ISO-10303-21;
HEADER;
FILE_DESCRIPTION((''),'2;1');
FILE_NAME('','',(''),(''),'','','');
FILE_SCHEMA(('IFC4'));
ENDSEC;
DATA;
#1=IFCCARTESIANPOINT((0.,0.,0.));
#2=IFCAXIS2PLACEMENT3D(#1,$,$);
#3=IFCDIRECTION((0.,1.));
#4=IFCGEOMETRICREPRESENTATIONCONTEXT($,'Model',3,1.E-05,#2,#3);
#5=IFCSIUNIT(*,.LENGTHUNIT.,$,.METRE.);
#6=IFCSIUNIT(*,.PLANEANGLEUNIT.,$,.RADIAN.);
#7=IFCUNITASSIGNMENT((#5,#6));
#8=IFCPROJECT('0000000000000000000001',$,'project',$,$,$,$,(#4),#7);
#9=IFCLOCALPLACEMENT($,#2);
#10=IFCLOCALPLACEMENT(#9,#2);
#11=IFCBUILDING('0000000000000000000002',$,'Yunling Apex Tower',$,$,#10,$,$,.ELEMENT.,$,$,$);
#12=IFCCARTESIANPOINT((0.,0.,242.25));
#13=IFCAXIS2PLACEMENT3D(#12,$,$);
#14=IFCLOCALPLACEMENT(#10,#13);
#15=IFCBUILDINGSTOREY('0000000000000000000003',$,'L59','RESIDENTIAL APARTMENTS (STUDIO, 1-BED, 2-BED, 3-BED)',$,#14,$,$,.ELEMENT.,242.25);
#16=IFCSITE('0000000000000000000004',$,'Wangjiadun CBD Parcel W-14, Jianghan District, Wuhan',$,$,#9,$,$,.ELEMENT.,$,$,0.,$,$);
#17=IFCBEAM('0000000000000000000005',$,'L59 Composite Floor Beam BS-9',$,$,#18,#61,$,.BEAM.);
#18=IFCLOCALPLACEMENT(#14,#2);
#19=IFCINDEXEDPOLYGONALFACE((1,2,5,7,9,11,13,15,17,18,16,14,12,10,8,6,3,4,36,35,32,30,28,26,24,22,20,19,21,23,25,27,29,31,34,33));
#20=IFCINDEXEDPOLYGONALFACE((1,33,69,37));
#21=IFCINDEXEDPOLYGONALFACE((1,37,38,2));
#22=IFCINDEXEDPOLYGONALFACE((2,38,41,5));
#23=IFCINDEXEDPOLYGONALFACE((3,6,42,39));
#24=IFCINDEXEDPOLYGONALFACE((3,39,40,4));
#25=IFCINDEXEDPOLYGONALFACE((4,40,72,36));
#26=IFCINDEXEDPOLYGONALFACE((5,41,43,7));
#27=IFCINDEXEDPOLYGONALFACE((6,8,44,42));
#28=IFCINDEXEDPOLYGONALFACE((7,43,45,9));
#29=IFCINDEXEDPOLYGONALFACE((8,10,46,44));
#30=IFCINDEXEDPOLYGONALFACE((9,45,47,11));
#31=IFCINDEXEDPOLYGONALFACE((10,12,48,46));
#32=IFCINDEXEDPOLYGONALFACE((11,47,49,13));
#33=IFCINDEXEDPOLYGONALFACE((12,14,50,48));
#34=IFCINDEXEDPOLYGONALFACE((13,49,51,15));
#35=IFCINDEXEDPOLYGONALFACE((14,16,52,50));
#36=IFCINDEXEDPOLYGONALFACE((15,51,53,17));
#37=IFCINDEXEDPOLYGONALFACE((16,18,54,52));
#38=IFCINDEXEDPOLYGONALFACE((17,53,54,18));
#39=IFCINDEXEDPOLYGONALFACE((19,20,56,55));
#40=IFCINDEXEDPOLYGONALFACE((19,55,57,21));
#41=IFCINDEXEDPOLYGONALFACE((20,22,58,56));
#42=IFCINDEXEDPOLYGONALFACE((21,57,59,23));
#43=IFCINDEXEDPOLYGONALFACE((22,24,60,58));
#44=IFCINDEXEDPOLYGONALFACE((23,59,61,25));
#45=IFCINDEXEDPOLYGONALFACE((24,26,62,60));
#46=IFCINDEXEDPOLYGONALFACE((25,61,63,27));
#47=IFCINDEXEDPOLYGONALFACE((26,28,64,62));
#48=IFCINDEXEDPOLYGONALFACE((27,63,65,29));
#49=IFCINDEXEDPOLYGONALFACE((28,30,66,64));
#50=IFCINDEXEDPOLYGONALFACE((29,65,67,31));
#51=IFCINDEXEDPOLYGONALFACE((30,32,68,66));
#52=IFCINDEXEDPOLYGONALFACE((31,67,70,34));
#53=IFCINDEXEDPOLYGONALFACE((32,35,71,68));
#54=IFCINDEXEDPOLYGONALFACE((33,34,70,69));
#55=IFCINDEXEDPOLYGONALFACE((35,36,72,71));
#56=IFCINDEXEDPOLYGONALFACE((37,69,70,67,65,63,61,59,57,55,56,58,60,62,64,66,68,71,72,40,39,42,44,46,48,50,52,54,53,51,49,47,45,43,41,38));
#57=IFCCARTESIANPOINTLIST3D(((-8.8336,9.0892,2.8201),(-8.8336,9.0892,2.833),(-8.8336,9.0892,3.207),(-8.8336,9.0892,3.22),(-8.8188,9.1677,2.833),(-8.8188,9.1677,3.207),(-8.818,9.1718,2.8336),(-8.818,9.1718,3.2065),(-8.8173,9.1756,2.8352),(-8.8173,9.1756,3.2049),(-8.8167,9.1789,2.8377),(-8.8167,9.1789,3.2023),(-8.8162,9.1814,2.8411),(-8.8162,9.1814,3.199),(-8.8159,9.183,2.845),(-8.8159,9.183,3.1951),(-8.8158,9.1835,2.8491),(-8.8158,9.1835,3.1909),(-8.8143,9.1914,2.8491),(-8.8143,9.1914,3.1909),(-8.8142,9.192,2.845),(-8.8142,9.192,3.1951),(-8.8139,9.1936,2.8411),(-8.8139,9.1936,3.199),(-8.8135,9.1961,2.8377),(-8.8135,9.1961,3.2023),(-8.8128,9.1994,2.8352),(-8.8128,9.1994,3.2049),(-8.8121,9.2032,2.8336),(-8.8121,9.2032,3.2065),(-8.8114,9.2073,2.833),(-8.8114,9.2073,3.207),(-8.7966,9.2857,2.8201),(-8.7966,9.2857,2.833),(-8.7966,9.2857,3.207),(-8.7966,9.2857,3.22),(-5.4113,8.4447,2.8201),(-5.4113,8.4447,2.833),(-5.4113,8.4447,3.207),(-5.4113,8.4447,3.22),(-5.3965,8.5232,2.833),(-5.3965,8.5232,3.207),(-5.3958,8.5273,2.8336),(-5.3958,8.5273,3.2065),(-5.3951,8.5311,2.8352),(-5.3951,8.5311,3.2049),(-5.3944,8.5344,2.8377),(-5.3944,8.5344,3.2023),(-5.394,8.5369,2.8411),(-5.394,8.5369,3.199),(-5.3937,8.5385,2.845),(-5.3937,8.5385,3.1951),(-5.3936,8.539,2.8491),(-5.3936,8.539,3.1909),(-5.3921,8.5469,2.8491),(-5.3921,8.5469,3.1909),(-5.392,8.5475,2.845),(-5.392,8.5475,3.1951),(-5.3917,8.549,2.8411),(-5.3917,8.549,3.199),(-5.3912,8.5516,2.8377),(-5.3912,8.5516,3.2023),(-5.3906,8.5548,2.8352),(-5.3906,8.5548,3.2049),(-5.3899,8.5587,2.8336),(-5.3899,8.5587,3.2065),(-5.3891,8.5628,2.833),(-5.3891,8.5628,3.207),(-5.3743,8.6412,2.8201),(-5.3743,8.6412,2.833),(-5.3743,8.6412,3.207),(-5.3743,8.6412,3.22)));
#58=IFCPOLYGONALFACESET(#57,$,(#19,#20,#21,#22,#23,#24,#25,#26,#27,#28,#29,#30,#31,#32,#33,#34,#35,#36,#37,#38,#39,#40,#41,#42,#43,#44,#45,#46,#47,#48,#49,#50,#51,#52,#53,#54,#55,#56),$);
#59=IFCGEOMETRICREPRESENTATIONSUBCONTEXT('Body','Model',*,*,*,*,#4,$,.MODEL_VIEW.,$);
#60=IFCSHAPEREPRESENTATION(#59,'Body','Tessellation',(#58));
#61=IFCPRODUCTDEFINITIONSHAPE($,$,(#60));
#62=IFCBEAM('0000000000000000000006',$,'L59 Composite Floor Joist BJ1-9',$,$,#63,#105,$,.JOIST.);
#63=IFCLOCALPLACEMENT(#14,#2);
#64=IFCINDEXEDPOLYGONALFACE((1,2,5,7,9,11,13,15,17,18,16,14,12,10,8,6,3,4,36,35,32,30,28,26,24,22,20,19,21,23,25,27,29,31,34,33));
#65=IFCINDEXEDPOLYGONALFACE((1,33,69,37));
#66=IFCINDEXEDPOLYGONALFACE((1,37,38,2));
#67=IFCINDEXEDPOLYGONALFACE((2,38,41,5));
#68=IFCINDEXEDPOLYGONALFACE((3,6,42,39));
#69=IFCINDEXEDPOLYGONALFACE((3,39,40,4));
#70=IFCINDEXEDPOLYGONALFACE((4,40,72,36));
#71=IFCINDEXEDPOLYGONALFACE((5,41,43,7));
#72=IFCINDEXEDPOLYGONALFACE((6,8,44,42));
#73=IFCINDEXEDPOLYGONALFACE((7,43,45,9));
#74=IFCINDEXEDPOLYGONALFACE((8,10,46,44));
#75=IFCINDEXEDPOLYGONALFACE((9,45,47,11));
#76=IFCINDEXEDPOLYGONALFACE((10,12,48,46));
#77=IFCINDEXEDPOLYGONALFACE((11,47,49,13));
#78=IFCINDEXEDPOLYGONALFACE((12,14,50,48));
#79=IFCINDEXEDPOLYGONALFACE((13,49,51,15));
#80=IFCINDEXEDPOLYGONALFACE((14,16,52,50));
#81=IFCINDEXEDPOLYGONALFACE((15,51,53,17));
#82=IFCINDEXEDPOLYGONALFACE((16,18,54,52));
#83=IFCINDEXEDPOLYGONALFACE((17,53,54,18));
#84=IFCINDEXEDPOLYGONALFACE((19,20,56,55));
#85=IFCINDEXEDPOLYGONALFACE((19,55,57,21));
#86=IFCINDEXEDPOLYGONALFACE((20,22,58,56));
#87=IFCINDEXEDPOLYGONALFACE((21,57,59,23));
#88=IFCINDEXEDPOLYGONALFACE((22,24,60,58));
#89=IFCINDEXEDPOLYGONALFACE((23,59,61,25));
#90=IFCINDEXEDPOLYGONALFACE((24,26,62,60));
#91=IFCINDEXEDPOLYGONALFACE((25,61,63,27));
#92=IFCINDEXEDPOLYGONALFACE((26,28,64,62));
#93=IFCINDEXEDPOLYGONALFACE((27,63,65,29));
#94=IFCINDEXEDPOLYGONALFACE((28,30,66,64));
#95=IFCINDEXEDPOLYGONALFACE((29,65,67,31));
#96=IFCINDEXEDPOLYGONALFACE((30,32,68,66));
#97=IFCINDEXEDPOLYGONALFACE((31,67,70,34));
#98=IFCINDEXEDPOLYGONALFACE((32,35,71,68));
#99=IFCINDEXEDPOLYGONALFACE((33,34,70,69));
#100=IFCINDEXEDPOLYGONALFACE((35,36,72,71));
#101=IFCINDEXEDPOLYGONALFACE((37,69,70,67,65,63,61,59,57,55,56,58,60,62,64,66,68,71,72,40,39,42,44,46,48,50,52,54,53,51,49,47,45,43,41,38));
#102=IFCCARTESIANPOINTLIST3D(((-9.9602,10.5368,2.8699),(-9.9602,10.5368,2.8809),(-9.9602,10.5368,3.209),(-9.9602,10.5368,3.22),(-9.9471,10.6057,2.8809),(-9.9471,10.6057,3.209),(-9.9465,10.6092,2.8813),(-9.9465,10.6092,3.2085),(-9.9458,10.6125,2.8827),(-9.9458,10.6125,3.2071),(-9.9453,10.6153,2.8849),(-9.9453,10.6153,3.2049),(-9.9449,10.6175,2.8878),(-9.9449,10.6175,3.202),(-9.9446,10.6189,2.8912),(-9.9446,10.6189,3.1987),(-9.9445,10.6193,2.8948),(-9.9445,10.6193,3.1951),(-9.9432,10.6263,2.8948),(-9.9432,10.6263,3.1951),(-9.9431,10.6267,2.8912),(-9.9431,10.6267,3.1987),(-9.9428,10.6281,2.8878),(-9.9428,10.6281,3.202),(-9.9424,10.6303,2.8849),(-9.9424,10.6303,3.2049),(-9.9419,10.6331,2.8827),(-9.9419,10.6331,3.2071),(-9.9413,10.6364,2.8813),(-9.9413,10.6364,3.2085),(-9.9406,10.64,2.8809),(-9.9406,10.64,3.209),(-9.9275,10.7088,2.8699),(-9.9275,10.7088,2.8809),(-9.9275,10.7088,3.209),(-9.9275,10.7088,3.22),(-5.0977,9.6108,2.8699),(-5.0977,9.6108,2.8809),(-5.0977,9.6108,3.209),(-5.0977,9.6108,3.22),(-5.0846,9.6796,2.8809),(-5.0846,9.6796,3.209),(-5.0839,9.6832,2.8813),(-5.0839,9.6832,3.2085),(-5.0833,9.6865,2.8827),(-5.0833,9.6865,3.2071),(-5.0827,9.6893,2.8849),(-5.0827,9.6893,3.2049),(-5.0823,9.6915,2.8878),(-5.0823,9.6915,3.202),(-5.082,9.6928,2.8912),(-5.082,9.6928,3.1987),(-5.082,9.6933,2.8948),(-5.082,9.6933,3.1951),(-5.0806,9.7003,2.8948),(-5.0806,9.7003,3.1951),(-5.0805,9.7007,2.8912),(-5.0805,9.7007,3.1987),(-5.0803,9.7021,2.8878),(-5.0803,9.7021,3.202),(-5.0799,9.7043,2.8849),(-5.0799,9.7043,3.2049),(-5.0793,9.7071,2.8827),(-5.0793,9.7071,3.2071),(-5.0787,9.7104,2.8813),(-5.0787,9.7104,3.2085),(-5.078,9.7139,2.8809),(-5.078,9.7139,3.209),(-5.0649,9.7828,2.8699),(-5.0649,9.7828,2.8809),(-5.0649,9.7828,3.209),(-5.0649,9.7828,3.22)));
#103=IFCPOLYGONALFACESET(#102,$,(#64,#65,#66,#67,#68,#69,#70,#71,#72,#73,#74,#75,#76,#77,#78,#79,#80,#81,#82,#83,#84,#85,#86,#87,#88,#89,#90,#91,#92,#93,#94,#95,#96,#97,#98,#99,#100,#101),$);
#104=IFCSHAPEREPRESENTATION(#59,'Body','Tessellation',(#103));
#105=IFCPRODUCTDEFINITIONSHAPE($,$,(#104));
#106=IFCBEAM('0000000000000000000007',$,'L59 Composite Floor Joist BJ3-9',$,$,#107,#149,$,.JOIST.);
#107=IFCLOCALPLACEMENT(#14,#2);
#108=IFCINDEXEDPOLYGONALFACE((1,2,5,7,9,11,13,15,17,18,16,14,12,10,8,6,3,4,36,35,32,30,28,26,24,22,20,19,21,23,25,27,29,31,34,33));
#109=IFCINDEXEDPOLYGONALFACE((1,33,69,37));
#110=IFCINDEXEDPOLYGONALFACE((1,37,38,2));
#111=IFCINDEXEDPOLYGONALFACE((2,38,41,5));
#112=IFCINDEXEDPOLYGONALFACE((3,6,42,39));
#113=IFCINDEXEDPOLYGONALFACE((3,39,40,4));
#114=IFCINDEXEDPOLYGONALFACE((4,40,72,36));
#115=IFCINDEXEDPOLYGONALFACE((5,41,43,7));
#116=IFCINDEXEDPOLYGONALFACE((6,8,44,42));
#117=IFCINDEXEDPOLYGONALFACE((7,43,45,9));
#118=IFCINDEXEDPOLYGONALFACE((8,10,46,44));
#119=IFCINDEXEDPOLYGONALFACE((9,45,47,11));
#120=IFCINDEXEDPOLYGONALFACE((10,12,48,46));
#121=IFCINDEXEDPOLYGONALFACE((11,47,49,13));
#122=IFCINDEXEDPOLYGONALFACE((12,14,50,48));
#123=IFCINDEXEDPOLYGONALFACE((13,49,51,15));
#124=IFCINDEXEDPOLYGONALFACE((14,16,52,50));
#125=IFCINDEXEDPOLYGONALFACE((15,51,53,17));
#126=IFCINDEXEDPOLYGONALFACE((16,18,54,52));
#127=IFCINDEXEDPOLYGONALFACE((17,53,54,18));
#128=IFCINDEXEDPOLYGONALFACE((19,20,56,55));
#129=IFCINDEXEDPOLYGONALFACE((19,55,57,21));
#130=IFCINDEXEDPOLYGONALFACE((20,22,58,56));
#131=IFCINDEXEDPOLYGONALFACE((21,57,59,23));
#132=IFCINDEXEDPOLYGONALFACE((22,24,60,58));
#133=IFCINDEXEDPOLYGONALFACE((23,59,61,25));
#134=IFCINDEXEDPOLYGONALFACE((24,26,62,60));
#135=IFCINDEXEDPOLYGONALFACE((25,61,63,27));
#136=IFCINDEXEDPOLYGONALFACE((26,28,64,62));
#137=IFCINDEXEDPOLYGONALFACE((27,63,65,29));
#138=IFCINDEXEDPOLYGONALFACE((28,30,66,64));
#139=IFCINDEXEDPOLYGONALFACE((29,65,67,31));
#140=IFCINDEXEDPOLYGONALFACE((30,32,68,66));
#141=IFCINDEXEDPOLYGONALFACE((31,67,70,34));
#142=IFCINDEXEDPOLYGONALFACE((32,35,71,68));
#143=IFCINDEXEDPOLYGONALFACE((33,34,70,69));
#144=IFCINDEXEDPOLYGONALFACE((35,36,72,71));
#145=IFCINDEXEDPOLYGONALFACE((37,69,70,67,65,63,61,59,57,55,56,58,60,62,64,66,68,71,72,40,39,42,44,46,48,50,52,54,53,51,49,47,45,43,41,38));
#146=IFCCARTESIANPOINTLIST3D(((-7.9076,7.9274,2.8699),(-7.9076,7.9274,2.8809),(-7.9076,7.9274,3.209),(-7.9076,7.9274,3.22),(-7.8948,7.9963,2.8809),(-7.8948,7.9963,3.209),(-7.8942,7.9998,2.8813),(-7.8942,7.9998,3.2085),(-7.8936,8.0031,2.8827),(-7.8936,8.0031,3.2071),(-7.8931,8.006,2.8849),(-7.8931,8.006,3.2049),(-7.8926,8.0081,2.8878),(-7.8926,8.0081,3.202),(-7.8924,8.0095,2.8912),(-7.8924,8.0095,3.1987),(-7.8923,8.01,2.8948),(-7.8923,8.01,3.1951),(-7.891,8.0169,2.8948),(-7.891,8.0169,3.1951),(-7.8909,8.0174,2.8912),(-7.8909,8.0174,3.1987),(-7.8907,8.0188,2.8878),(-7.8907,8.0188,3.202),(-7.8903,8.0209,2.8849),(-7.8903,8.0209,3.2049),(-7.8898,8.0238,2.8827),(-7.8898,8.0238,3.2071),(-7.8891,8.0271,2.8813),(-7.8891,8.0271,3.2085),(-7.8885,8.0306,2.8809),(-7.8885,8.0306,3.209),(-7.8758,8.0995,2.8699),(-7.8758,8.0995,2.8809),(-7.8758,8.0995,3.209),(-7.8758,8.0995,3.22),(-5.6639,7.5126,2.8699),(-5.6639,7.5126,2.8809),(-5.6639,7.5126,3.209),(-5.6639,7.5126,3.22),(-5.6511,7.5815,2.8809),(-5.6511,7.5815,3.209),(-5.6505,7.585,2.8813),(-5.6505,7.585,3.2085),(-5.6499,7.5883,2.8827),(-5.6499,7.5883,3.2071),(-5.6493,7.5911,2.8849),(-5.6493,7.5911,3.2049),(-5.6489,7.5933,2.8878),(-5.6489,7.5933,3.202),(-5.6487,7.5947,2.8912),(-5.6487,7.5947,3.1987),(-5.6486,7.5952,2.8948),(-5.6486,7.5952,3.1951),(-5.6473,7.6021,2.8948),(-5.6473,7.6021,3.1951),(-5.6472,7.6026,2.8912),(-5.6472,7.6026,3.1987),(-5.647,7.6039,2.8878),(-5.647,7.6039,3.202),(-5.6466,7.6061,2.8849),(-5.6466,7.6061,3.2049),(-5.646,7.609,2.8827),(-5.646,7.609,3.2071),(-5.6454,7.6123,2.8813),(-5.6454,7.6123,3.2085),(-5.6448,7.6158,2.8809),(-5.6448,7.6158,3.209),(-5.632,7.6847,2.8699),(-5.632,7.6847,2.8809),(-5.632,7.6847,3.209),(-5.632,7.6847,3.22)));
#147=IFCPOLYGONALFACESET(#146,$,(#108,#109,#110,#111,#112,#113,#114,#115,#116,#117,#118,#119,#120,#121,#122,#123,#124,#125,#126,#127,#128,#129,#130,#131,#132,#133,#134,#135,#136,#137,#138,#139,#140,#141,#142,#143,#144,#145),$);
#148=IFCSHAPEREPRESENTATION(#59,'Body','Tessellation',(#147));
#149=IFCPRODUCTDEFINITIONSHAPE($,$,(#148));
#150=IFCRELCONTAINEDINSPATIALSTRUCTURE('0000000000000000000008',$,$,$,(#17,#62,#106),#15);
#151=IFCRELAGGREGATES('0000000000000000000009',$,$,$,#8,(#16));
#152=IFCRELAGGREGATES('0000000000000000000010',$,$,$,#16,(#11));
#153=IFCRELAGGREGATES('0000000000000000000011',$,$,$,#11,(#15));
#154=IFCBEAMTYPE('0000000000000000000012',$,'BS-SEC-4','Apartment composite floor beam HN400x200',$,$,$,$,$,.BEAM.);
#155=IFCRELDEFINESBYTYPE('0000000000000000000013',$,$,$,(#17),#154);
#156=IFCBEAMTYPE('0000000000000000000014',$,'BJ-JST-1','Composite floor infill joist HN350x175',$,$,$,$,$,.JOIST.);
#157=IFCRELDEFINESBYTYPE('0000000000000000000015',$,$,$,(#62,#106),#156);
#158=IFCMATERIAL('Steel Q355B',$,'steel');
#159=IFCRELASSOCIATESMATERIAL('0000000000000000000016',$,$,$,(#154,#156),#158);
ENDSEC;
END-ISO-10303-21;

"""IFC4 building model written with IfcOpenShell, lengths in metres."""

from ifc_helpers import new_model, si_unit, direction, frame, origin, origin_2d, place, context, subcontext, project, spatial, i_section, extrude, source, transform, mapped, material, material_profile, profile_set, type_object, element, save


model = new_model("IFC4")

# Units and contexts
model_context = context("Model", 3, precision=1e-05, world=origin(), true_north=direction((0.0, 1.0)))
body_context = subcontext(model_context, "Body", "Model", "MODEL_VIEW")
ifc_project = project(units=[si_unit("LENGTHUNIT", "METRE"), si_unit("PLANEANGLEUNIT", "RADIAN")], contexts=[model_context])

# Site, building, storey
site_placement = place(None, origin())
site = spatial("IfcSite", under=ifc_project, at=site_placement, Name="Wangjiadun CBD Parcel W-14, Jianghan District, Wuhan", CompositionType="ELEMENT", RefElevation=0.0)
building_placement = place(site_placement, origin())
building = spatial("IfcBuilding", under=site, at=building_placement, Name="Yunling Apex Tower", CompositionType="ELEMENT")
storey_placement = place(building_placement, frame((0.0, 0.0, 242.25)))
storey = spatial("IfcBuildingStorey", under=building, at=storey_placement, Name="L59", Description="RESIDENTIAL APARTMENTS (STUDIO, 1-BED, 2-BED, 3-BED)", CompositionType="ELEMENT", Elevation=242.25)

# Beams
ifc_material_1 = material(Name="Steel Q355B", Category="steel")
ifc_material_profile_1 = material_profile(ifc_material_1, i_section(OverallWidth=0.2, OverallDepth=0.3999, WebThickness=0.0081, FlangeThickness=0.0129, FilletRadius=0.0161, at=origin_2d()))
ifc_profile_set_1 = profile_set([ifc_material_profile_1], Name="Steel Q355B")
beam_type_1 = type_object("IfcBeamType", Name="BS-SEC-4", Description="Apartment composite floor beam HN400x200", PredefinedType="BEAM", material=ifc_profile_set_1)
shared_shape_1 = source(origin(), body_context, "Body", "SweptSolid", [
    extrude(i_section(OverallWidth=0.2, OverallDepth=0.3999, WebThickness=0.0081, FlangeThickness=0.0129, FilletRadius=0.0161, at=origin_2d()), origin(), (0.0, 0.0, 1.0), 3.4824),
])
beam_1_placement = place(storey_placement, frame((-5.3928, 8.543, 3.02), z_axis=(-0.982724, 0.185076, 0.0), x_axis=(-0.185076, -0.982724, 0.0)))
element("IfcBeam", 1, at=beam_1_placement, inside=storey, type_object=beam_type_1, Name="L59 Composite Floor Beam BS-9", PredefinedType="BEAM", context=body_context, shape_type="MappedRepresentation", body=[
    mapped(shared_shape_1, transform((0.0, 0.0, 0.0), scale=1.0)),
])
ifc_material_profile_2 = material_profile(ifc_material_1, i_section(OverallWidth=0.175, OverallDepth=0.3501, WebThickness=0.0071, FlangeThickness=0.011, FilletRadius=0.0139, at=origin_2d()))
ifc_profile_set_2 = profile_set([ifc_material_profile_2], Name="Steel Q355B")
beam_type_2 = type_object("IfcBeamType", Name="BJ-JST-1", Description="Composite floor infill joist HN350x175", PredefinedType="JOIST", material=ifc_profile_set_2)
shared_shape_2 = source(origin(), body_context, "Body", "SweptSolid", [
    extrude(i_section(OverallWidth=0.175, OverallDepth=0.3501, WebThickness=0.0071, FlangeThickness=0.011, FilletRadius=0.0139, at=origin_2d()), origin(), (0.0, 0.0, 1.0), 4.95),
])
beam_2_placement = place(storey_placement, frame((-5.0813, 9.6968, 3.0449), z_axis=(-0.982345, 0.187078, 0.0), x_axis=(-0.187078, -0.982345, 0.0)))
element("IfcBeam", 2, at=beam_2_placement, inside=storey, type_object=beam_type_2, Name="L59 Composite Floor Joist BJ1-9", PredefinedType="JOIST", context=body_context, shape_type="MappedRepresentation", body=[
    mapped(shared_shape_2, transform((0.0, 0.0, 0.0), scale=1.0)),
])
shared_shape_3 = source(origin(), body_context, "Body", "SweptSolid", [
    extrude(i_section(OverallWidth=0.175, OverallDepth=0.3501, WebThickness=0.0071, FlangeThickness=0.011, FilletRadius=0.0139, at=origin_2d()), origin(), (0.0, 0.0, 1.0), 2.2817),
])
beam_3_placement = place(storey_placement, frame((-5.6479, 7.5986, 3.0449), z_axis=(-0.983337, 0.181794, 0.0), x_axis=(-0.181794, -0.983337, 0.0)))
element("IfcBeam", 3, at=beam_3_placement, inside=storey, type_object=beam_type_2, Name="L59 Composite Floor Joist BJ3-9", PredefinedType="JOIST", context=body_context, shape_type="MappedRepresentation", body=[
    mapped(shared_shape_3, transform((0.0, 0.0, 0.0), scale=1.0)),
])

save(model, "model.ifc")
